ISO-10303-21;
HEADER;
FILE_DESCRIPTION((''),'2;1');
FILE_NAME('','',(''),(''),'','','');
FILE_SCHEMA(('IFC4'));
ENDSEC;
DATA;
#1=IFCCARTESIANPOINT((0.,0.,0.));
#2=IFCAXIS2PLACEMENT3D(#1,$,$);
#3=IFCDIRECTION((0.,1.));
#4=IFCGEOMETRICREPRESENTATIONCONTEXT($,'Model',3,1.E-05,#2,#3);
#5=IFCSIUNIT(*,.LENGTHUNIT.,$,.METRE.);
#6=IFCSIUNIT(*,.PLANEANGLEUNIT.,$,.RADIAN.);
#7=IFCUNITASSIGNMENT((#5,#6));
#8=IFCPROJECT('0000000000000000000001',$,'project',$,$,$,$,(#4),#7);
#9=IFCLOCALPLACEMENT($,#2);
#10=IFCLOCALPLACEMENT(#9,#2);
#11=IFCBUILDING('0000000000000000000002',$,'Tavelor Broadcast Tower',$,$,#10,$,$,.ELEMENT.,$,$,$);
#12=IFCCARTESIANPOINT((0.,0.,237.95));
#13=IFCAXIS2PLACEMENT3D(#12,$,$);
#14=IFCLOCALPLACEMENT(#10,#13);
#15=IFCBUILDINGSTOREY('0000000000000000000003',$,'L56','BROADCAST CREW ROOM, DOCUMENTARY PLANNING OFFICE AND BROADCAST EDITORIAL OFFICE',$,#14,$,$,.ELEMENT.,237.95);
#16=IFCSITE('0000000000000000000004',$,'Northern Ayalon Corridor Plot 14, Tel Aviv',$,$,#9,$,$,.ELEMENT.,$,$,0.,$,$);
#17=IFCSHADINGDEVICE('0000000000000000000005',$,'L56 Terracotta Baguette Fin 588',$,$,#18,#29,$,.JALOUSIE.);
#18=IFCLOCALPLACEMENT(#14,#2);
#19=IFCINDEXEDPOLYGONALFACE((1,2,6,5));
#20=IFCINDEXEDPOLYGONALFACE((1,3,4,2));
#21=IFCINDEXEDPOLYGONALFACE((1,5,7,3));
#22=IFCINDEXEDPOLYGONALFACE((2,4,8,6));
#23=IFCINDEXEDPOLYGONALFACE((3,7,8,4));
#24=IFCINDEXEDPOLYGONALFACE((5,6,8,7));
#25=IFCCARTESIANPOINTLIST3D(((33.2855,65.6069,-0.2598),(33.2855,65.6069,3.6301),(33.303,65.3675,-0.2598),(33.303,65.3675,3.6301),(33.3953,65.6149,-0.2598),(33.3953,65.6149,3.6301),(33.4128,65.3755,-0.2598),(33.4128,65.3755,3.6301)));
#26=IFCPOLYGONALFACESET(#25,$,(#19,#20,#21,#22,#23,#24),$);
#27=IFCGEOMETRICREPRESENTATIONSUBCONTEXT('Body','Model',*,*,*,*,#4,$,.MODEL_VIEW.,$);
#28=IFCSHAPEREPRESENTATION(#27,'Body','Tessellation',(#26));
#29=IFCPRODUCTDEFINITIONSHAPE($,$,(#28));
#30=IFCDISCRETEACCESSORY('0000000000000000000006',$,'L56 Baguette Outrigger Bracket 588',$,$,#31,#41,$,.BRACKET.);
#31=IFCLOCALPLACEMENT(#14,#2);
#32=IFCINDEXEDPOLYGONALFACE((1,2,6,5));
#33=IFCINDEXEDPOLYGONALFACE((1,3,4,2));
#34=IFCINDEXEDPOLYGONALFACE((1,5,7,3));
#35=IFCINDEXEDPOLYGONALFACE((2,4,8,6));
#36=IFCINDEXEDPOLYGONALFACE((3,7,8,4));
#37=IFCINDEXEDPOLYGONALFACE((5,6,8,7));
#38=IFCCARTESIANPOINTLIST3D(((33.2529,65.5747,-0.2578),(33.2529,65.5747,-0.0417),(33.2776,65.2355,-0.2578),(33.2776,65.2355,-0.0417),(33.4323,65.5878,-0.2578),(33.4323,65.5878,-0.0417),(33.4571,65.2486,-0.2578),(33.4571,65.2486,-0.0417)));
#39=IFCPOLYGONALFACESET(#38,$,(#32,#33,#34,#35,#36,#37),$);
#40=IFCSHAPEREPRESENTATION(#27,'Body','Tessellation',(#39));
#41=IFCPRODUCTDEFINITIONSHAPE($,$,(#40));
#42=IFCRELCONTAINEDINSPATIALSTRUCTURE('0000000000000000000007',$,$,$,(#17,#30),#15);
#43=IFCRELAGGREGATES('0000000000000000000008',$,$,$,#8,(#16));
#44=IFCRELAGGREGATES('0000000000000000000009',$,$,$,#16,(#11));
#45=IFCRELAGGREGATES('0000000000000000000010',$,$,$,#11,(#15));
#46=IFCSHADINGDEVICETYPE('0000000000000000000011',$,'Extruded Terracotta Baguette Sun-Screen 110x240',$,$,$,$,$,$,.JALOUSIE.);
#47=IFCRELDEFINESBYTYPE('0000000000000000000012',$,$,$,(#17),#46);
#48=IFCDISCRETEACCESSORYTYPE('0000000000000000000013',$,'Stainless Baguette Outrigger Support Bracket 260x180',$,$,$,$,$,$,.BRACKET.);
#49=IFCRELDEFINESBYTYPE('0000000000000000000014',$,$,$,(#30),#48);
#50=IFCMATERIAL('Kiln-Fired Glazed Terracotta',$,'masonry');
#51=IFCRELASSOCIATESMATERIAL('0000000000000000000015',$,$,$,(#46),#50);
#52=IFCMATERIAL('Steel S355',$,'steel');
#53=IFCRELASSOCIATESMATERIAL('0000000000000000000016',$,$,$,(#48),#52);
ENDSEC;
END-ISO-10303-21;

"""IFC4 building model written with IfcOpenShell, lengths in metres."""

from ifc_helpers import new_model, si_unit, direction, frame, origin, origin_2d, place, context, subcontext, project, spatial, rectangle, extrude, source, transform, mapped, material, type_object, type_shapes, element, save


model = new_model("IFC4")

# Units and contexts
model_context = context("Model", 3, precision=1e-05, world=origin(), true_north=direction((0.0, 1.0)))
body_context = subcontext(model_context, "Body", "Model", "MODEL_VIEW")
ifc_project = project(units=[si_unit("LENGTHUNIT", "METRE"), si_unit("PLANEANGLEUNIT", "RADIAN")], contexts=[model_context])

# Site, building, storey
site_placement = place(None, origin())
site = spatial("IfcSite", under=ifc_project, at=site_placement, Name="Northern Ayalon Corridor Plot 14, Tel Aviv", CompositionType="ELEMENT", RefElevation=0.0)
building_placement = place(site_placement, origin())
building = spatial("IfcBuilding", under=site, at=building_placement, Name="Tavelor Broadcast Tower", CompositionType="ELEMENT")
storey_placement = place(building_placement, frame((0.0, 0.0, 237.95)))
storey = spatial("IfcBuildingStorey", under=building, at=storey_placement, Name="L56", Description="BROADCAST CREW ROOM, DOCUMENTARY PLANNING OFFICE AND BROADCAST EDITORIAL OFFICE", CompositionType="ELEMENT", Elevation=237.95)

# Shared definitions
ifc_material_1 = material(Name="Steel S355", Category="steel")

# Shading device
ifc_material_2 = material(Name="Kiln-Fired Glazed Terracotta", Category="masonry")
shading_device_type = type_object("IfcShadingDeviceType", Name="Extruded Terracotta Baguette Sun-Screen 110x240", PredefinedType="JALOUSIE", material=ifc_material_2)
shared_shape_1 = source(origin(), body_context, "Body", "SweptSolid", [
    extrude(rectangle(XDim=0.1101, YDim=0.24, at=origin_2d()), origin(), (0.0, 0.0, 1.0), 3.8899),
])
type_shapes(shading_device_type, [shared_shape_1])
shading_device_placement = place(storey_placement, frame((33.3491, 65.4912, -0.2598), z_axis=(0.0, 0.0, 1.0), x_axis=(-0.99734, -0.07289, 0.0)))
element("IfcShadingDevice", 1, at=shading_device_placement, inside=storey, type_object=shading_device_type, Name="L56 Terracotta Baguette Fin 588", PredefinedType="JALOUSIE", context=body_context, shape_type="MappedRepresentation", body=[
    mapped(shared_shape_1, transform((0.0, 0.0, 0.0), scale=1.0)),
])

# Discrete accessory
discrete_accessory_type = type_object("IfcDiscreteAccessoryType", Name="Stainless Baguette Outrigger Support Bracket 260x180", PredefinedType="BRACKET", material=ifc_material_1)
shared_shape_2 = source(origin(), body_context, "Body", "SweptSolid", [
    extrude(rectangle(XDim=0.1799, YDim=0.3401, at=origin_2d()), origin(), (0.0, 0.0, 1.0), 0.2161),
])
type_shapes(discrete_accessory_type, [shared_shape_2])
discrete_accessory_placement = place(storey_placement, frame((33.355, 65.4116, -0.2578), z_axis=(0.0, 0.0, 1.0), x_axis=(-0.99734, -0.07289, 0.0)))
element("IfcDiscreteAccessory", 2, at=discrete_accessory_placement, inside=storey, type_object=discrete_accessory_type, Name="L56 Baguette Outrigger Bracket 588", PredefinedType="BRACKET", context=body_context, shape_type="MappedRepresentation", body=[
    mapped(shared_shape_2, transform((0.0, 0.0, 0.0), scale=1.0)),
])

save(model, "model.ifc")
